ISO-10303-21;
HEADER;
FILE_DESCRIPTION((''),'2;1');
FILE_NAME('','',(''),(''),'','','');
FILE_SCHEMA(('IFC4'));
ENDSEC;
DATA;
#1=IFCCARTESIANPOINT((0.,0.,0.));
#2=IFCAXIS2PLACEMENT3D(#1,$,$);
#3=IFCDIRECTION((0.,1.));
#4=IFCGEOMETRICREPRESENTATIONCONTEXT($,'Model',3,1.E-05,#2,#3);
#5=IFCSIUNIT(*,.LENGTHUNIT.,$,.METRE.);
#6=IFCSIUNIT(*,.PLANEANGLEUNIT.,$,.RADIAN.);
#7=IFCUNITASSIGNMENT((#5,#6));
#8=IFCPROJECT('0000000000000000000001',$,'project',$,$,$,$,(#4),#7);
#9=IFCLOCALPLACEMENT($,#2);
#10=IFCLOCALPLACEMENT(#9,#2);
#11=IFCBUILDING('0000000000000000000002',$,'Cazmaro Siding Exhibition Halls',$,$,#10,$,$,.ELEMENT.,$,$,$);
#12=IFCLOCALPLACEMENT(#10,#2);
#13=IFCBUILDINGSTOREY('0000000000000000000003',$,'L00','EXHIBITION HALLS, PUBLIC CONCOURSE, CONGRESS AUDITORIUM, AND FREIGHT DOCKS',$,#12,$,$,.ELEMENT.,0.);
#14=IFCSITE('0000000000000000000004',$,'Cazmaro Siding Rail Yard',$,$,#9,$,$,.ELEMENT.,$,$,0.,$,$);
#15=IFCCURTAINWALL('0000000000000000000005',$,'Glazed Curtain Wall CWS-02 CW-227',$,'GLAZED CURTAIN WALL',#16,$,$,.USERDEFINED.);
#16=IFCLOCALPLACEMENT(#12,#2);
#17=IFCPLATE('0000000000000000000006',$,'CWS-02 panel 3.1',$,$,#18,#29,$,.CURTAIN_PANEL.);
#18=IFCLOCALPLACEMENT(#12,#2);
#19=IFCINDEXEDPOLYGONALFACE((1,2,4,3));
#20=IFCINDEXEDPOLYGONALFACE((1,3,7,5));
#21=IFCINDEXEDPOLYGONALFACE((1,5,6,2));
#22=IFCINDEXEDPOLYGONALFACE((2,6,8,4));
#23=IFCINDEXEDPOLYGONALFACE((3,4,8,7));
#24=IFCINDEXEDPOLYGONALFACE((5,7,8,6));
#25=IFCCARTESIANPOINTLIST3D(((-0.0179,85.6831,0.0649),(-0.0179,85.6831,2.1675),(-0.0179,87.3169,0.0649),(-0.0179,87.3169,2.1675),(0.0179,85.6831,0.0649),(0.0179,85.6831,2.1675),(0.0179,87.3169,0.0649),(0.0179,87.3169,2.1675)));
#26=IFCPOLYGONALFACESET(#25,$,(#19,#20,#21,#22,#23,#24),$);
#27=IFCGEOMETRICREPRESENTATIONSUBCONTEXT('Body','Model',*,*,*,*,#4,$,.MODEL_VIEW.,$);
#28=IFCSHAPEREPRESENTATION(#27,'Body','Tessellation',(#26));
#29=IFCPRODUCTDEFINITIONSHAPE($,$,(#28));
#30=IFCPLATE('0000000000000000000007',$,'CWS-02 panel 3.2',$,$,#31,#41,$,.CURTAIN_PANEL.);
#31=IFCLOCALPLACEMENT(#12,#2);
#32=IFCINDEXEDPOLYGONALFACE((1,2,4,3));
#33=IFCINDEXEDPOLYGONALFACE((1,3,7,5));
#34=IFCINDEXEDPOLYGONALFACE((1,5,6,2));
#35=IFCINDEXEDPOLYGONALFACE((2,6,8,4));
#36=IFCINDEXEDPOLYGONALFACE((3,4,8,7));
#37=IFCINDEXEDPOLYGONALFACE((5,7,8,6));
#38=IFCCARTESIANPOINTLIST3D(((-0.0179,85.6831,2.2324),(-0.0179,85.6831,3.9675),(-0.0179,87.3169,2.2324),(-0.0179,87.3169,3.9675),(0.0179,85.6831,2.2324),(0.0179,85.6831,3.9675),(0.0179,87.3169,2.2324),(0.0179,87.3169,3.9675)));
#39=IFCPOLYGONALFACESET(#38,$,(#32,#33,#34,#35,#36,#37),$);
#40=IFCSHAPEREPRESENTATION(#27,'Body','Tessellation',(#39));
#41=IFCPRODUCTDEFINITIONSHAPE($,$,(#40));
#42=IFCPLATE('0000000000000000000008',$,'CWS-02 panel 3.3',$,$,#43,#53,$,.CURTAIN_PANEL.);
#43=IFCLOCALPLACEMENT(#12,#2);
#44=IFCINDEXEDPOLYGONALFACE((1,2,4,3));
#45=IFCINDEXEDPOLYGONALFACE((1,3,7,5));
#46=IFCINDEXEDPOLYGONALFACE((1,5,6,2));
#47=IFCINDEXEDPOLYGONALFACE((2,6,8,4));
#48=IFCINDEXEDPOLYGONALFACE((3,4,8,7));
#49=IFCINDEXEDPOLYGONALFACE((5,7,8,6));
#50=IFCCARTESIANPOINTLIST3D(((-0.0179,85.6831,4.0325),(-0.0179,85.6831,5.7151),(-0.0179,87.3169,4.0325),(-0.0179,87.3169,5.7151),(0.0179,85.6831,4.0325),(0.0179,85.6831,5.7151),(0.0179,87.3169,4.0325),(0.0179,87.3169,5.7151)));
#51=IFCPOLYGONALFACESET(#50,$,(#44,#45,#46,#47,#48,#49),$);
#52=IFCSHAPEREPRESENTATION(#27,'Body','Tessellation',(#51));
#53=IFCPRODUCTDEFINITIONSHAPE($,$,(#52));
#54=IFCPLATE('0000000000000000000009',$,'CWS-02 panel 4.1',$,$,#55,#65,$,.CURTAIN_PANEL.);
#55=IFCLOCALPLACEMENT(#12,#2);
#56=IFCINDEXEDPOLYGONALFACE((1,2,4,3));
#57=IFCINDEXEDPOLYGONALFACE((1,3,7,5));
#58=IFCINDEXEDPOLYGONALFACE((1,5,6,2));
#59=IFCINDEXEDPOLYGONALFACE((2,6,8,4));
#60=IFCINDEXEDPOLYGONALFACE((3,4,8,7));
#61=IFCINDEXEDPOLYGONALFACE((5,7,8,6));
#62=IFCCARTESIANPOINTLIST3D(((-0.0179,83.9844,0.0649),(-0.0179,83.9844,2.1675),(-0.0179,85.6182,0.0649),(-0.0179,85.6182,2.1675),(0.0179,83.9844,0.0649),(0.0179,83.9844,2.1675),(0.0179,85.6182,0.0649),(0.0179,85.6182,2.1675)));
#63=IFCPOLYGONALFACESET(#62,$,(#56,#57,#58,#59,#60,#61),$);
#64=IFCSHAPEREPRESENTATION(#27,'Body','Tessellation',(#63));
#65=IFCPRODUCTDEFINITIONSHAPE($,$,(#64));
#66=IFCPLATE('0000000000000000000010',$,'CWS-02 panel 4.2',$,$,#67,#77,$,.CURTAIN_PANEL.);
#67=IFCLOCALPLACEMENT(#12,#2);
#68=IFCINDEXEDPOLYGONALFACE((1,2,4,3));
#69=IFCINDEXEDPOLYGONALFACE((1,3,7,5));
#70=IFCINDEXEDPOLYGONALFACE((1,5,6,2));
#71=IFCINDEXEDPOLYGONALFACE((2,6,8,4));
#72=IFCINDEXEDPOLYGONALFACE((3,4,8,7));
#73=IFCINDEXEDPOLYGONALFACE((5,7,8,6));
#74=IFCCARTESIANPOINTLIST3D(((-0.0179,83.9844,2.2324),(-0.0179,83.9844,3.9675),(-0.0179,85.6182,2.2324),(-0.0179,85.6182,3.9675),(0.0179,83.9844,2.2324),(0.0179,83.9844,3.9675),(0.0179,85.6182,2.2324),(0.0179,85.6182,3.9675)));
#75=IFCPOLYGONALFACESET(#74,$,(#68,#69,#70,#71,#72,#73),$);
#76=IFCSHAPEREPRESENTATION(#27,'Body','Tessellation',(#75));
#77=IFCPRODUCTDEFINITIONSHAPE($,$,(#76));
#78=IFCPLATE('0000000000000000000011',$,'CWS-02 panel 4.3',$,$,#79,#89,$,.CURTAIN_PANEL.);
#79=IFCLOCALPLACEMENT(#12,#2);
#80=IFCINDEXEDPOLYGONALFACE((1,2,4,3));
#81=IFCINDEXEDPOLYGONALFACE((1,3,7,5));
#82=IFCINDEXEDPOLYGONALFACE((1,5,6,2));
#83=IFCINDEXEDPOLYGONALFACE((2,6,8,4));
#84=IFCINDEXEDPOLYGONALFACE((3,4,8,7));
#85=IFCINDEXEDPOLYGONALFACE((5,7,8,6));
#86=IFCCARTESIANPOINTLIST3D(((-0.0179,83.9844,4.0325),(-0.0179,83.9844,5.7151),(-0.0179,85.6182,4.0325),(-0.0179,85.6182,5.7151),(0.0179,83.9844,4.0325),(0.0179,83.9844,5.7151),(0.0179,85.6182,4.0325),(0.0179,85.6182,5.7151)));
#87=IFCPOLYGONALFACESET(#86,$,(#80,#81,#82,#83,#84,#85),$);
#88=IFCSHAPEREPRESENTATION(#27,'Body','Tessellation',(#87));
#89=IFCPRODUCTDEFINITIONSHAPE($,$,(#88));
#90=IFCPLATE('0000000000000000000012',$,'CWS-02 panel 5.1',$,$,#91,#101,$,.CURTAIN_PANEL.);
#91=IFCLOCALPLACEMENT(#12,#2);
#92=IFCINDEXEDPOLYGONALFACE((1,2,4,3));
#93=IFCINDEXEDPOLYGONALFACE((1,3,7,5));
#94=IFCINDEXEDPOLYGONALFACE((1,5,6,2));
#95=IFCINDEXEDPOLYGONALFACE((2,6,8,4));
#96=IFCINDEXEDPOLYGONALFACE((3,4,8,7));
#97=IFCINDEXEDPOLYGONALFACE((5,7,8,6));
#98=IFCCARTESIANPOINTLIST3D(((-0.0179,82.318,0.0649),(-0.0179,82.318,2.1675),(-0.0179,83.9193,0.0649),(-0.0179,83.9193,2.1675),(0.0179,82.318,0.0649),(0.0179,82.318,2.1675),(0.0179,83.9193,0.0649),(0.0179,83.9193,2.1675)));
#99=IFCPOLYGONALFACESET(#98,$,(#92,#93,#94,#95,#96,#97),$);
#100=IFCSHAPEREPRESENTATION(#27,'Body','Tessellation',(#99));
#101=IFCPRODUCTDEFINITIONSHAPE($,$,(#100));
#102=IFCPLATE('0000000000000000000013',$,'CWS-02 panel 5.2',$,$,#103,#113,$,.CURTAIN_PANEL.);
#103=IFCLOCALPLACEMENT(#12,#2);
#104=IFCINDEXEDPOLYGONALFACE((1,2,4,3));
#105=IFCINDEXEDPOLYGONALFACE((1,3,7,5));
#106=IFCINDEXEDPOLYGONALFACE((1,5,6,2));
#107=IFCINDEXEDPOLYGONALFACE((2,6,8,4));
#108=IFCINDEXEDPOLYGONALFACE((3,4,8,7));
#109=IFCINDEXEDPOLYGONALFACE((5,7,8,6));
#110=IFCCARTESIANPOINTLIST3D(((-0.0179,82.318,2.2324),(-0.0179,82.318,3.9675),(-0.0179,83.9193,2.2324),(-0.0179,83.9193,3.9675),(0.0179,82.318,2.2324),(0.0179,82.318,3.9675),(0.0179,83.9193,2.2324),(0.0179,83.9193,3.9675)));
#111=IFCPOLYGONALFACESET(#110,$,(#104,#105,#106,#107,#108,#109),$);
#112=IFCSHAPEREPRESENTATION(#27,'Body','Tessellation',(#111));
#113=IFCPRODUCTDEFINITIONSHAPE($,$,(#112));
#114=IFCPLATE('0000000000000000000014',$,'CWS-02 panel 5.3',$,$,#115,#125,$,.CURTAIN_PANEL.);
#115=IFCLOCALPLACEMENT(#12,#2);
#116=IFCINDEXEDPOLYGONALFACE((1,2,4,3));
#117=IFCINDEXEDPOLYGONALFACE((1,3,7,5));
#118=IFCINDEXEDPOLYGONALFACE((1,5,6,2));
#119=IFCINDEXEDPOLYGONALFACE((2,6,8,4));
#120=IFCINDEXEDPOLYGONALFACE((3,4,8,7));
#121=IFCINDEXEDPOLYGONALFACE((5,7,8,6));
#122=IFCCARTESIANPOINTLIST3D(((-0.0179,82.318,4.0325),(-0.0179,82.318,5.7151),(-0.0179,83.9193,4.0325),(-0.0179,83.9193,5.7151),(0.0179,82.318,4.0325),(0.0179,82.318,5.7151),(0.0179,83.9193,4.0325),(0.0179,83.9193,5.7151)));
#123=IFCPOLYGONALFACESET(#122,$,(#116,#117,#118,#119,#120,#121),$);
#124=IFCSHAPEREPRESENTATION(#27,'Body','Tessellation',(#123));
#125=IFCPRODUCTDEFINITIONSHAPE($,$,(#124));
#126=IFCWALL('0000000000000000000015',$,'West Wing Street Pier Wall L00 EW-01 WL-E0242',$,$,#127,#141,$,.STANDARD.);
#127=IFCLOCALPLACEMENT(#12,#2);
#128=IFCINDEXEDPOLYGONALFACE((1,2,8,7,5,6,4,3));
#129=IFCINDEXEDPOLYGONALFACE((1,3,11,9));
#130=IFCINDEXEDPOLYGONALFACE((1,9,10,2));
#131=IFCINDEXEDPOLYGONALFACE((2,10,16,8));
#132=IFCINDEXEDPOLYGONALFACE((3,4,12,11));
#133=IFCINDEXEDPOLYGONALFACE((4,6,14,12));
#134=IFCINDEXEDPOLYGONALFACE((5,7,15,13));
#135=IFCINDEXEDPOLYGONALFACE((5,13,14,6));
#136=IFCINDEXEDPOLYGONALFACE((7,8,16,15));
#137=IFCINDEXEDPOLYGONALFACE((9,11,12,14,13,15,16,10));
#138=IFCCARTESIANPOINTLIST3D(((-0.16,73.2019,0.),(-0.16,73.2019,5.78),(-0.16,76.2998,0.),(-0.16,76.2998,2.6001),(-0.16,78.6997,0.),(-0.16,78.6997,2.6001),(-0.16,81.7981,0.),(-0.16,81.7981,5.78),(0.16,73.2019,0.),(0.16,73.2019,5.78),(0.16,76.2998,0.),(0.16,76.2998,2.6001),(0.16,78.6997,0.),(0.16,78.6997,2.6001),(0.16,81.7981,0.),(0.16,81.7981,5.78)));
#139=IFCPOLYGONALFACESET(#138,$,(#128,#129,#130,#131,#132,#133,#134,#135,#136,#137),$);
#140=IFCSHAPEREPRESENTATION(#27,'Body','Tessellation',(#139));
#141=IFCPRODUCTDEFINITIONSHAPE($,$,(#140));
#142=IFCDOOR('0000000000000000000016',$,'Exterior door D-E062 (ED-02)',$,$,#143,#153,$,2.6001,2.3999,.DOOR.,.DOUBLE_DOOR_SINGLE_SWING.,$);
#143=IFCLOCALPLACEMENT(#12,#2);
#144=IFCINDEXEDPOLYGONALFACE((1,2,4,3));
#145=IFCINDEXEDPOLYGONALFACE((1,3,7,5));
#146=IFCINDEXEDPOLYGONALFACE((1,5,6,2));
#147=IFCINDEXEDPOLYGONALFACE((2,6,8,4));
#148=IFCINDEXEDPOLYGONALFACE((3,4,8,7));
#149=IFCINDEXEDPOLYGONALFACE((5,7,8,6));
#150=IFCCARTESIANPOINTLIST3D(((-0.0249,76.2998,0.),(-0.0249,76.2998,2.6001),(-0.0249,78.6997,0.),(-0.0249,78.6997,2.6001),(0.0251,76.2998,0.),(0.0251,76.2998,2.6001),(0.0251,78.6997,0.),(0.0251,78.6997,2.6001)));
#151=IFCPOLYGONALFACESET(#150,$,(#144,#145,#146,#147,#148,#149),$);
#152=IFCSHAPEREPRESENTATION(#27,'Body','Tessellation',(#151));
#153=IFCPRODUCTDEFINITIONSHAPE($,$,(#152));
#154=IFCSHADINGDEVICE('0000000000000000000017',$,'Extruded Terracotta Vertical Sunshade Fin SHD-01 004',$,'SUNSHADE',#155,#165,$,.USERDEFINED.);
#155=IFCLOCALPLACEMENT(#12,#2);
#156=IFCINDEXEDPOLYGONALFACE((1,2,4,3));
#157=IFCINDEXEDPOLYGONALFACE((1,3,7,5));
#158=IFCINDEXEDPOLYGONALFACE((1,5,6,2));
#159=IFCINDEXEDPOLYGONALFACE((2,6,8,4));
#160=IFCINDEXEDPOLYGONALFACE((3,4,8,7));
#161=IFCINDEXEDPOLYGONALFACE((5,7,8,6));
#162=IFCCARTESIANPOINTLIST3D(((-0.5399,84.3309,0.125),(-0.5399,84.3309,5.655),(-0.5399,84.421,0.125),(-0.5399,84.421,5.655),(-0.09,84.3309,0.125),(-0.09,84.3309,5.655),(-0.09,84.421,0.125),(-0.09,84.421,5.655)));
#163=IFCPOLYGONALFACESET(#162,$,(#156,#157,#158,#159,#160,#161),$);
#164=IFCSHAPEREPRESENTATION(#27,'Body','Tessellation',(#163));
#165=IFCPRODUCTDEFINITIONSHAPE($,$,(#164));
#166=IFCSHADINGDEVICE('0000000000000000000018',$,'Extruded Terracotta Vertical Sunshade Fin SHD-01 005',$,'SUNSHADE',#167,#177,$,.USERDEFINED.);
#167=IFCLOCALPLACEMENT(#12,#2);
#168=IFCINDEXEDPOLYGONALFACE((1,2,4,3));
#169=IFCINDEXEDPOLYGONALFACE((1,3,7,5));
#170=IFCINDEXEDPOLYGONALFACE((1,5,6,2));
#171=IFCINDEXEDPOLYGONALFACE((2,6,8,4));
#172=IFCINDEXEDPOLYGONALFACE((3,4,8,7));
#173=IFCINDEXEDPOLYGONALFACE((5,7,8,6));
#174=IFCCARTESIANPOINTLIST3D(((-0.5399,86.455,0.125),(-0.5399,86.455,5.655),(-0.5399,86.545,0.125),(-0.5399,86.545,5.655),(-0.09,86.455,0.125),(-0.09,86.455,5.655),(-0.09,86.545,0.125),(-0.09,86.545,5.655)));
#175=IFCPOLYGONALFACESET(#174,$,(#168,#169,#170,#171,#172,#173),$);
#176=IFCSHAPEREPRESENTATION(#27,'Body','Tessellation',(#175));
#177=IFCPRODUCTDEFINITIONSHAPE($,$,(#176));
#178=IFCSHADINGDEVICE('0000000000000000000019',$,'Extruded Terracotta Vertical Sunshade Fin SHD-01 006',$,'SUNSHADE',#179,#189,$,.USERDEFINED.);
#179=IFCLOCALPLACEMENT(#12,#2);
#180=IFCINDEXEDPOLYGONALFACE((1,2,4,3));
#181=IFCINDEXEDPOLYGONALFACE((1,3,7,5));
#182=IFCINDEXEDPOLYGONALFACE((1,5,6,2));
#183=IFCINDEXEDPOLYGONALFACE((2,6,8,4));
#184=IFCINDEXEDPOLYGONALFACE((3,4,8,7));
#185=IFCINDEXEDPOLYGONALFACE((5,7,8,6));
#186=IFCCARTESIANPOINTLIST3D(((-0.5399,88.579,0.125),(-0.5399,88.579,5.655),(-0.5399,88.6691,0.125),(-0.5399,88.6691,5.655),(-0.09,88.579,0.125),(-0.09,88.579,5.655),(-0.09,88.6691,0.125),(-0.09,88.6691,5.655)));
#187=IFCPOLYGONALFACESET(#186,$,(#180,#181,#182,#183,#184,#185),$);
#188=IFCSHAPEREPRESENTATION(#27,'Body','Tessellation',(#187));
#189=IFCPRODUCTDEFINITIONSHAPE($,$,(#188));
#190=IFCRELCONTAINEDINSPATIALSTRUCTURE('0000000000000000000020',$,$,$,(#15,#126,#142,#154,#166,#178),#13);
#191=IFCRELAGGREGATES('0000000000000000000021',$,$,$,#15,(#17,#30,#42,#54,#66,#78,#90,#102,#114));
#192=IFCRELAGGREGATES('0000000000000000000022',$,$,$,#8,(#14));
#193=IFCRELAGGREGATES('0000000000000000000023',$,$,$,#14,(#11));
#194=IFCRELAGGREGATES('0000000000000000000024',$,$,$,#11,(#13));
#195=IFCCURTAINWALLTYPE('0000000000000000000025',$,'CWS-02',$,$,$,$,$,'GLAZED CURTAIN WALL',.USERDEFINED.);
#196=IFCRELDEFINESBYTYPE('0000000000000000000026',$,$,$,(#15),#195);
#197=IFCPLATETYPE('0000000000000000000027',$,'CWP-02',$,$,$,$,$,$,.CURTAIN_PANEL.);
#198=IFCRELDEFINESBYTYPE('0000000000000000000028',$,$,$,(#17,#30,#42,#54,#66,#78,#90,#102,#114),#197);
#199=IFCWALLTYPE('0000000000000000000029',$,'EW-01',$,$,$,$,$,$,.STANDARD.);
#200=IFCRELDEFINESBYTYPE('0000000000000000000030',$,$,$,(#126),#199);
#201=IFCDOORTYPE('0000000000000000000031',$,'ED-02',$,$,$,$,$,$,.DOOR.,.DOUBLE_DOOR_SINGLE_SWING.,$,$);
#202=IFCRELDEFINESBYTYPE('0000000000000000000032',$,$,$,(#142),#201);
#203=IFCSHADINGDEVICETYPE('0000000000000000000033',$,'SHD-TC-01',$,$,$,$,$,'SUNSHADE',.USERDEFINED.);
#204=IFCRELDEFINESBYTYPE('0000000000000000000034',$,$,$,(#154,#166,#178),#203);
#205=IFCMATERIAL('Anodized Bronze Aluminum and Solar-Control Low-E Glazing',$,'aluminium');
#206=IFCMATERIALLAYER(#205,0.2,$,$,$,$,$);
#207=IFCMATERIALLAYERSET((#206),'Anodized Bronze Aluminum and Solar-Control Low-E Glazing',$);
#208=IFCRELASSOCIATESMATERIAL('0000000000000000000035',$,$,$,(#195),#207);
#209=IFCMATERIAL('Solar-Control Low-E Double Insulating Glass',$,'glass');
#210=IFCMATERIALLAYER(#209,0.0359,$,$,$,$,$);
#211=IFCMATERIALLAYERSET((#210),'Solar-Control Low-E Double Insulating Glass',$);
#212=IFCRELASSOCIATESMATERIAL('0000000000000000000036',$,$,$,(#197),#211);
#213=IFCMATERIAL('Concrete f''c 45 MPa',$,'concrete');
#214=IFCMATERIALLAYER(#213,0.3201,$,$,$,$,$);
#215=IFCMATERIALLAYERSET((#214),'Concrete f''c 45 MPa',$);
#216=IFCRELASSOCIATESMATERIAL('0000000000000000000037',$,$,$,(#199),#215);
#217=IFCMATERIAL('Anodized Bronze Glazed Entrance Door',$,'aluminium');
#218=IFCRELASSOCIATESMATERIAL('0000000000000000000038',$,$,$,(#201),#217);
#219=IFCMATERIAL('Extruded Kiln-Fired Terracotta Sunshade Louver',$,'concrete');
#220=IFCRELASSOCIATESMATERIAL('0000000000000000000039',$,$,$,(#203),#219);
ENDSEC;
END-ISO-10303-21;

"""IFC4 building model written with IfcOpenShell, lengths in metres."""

from ifc_helpers import new_model, si_unit, direction, frame, frame_2d, origin, origin_2d, place, context, subcontext, project, spatial, rectangle, extrude, material, layer, layer_set, type_object, element, fill, aggregate, save


model = new_model("IFC4")

# Units and contexts
model_context = context("Model", 3, precision=1e-05, world=origin(), true_north=direction((0.0, 1.0)))
body_context = subcontext(model_context, "Body", "Model", "MODEL_VIEW")
ifc_project = project(units=[si_unit("LENGTHUNIT", "METRE"), si_unit("PLANEANGLEUNIT", "RADIAN")], contexts=[model_context])

# Site, building, storey
site_placement = place(None, origin())
site = spatial("IfcSite", under=ifc_project, at=site_placement, Name="Cazmaro Siding Rail Yard", CompositionType="ELEMENT", RefElevation=0.0)
building_placement = place(site_placement, origin())
building = spatial("IfcBuilding", under=site, at=building_placement, Name="Cazmaro Siding Exhibition Halls", CompositionType="ELEMENT")
storey_placement = place(building_placement, origin())
storey = spatial("IfcBuildingStorey", under=building, at=storey_placement, Name="L00", Description="EXHIBITION HALLS, PUBLIC CONCOURSE, CONGRESS AUDITORIUM, AND FREIGHT DOCKS", CompositionType="ELEMENT", Elevation=0.0)

# Shared definitions
ifc_material_1 = material(Name="Anodized Bronze Aluminum and Solar-Control Low-E Glazing", Category="aluminium")
ifc_layer_1 = layer(ifc_material_1, 0.2)
ifc_layer_set_1 = layer_set([ifc_layer_1], Name="Anodized Bronze Aluminum and Solar-Control Low-E Glazing")
curtain_wall_type = type_object("IfcCurtainWallType", Name="CWS-02", ElementType="GLAZED CURTAIN WALL", PredefinedType="USERDEFINED", material=ifc_layer_set_1)

# Curtain wall, plates
curtain_wall_1_placement = place(storey_placement, origin())
curtain_wall_1 = element("IfcCurtainWall", 1, at=curtain_wall_1_placement, inside=storey, type_object=curtain_wall_type, Name="Glazed Curtain Wall CWS-02 CW-227", ObjectType="GLAZED CURTAIN WALL", PredefinedType="USERDEFINED")
ifc_material_2 = material(Name="Solar-Control Low-E Double Insulating Glass", Category="glass")
ifc_layer_2 = layer(ifc_material_2, 0.0359)
ifc_layer_set_2 = layer_set([ifc_layer_2], Name="Solar-Control Low-E Double Insulating Glass")
plate_type = type_object("IfcPlateType", Name="CWP-02", PredefinedType="CURTAIN_PANEL", material=ifc_layer_set_2)
plate_1_placement = place(storey_placement, frame((0.0, 86.5, 0.0649), z_axis=(0.0, 0.0, 1.0), x_axis=(0.0, -1.0, 0.0)))
plate_1 = element("IfcPlate", 2, at=plate_1_placement, type_object=plate_type, Name="CWS-02 panel 3.1", PredefinedType="CURTAIN_PANEL", context=body_context, shape_type="SweptSolid", body=[
    extrude(rectangle(XDim=1.6338, YDim=0.0359, at=origin_2d()), origin(), (0.0, 0.0, 1.0), 2.1025),
])
plate_2_placement = place(storey_placement, frame((0.0, 86.5, 2.2324), z_axis=(0.0, 0.0, 1.0), x_axis=(0.0, -1.0, 0.0)))
plate_2 = element("IfcPlate", 3, at=plate_2_placement, type_object=plate_type, Name="CWS-02 panel 3.2", PredefinedType="CURTAIN_PANEL", context=body_context, shape_type="SweptSolid", body=[
    extrude(rectangle(XDim=1.6338, YDim=0.0359, at=origin_2d()), origin(), (0.0, 0.0, 1.0), 1.7351),
])
plate_3_placement = place(storey_placement, frame((0.0, 86.5, 4.0325), z_axis=(0.0, 0.0, 1.0), x_axis=(0.0, -1.0, 0.0)))
plate_3 = element("IfcPlate", 4, at=plate_3_placement, type_object=plate_type, Name="CWS-02 panel 3.3", PredefinedType="CURTAIN_PANEL", context=body_context, shape_type="SweptSolid", body=[
    extrude(rectangle(XDim=1.6338, YDim=0.0359, at=origin_2d()), origin(), (0.0, 0.0, 1.0), 1.6826),
])
plate_4_placement = place(storey_placement, frame((0.0, 84.8013, 0.0649), z_axis=(0.0, 0.0, 1.0), x_axis=(0.0, -1.0, 0.0)))
plate_4 = element("IfcPlate", 5, at=plate_4_placement, type_object=plate_type, Name="CWS-02 panel 4.1", PredefinedType="CURTAIN_PANEL", context=body_context, shape_type="SweptSolid", body=[
    extrude(rectangle(XDim=1.6338, YDim=0.0359, at=origin_2d()), origin(), (0.0, 0.0, 1.0), 2.1025),
])
plate_5_placement = place(storey_placement, frame((0.0, 84.8013, 2.2324), z_axis=(0.0, 0.0, 1.0), x_axis=(0.0, -1.0, 0.0)))
plate_5 = element("IfcPlate", 6, at=plate_5_placement, type_object=plate_type, Name="CWS-02 panel 4.2", PredefinedType="CURTAIN_PANEL", context=body_context, shape_type="SweptSolid", body=[
    extrude(rectangle(XDim=1.6338, YDim=0.0359, at=origin_2d()), origin(), (0.0, 0.0, 1.0), 1.7351),
])
plate_6_placement = place(storey_placement, frame((0.0, 84.8013, 4.0325), z_axis=(0.0, 0.0, 1.0), x_axis=(0.0, -1.0, 0.0)))
plate_6 = element("IfcPlate", 7, at=plate_6_placement, type_object=plate_type, Name="CWS-02 panel 4.3", PredefinedType="CURTAIN_PANEL", context=body_context, shape_type="SweptSolid", body=[
    extrude(rectangle(XDim=1.6338, YDim=0.0359, at=origin_2d()), origin(), (0.0, 0.0, 1.0), 1.6826),
])
plate_7_placement = place(storey_placement, frame((0.0, 83.1187, 0.0649), z_axis=(0.0, 0.0, 1.0), x_axis=(0.0, -1.0, 0.0)))
plate_7 = element("IfcPlate", 8, at=plate_7_placement, type_object=plate_type, Name="CWS-02 panel 5.1", PredefinedType="CURTAIN_PANEL", context=body_context, shape_type="SweptSolid", body=[
    extrude(rectangle(XDim=1.6013, YDim=0.0359, at=origin_2d()), origin(), (0.0, 0.0, 1.0), 2.1025),
])
plate_8_placement = place(storey_placement, frame((0.0, 83.1187, 2.2324), z_axis=(0.0, 0.0, 1.0), x_axis=(0.0, -1.0, 0.0)))
plate_8 = element("IfcPlate", 9, at=plate_8_placement, type_object=plate_type, Name="CWS-02 panel 5.2", PredefinedType="CURTAIN_PANEL", context=body_context, shape_type="SweptSolid", body=[
    extrude(rectangle(XDim=1.6013, YDim=0.0359, at=origin_2d()), origin(), (0.0, 0.0, 1.0), 1.7351),
])
plate_9_placement = place(storey_placement, frame((0.0, 83.1187, 4.0325), z_axis=(0.0, 0.0, 1.0), x_axis=(0.0, -1.0, 0.0)))
plate_9 = element("IfcPlate", 10, at=plate_9_placement, type_object=plate_type, Name="CWS-02 panel 5.3", PredefinedType="CURTAIN_PANEL", context=body_context, shape_type="SweptSolid", body=[
    extrude(rectangle(XDim=1.6013, YDim=0.0359, at=origin_2d()), origin(), (0.0, 0.0, 1.0), 1.6826),
])
aggregate(curtain_wall_1, [plate_1, plate_2, plate_3, plate_4, plate_5, plate_6, plate_7, plate_8, plate_9])

# Wall, opening, door
ifc_material_3 = material(Name="Concrete f'c 45 MPa", Category="concrete")
ifc_layer_3 = layer(ifc_material_3, 0.3201)
ifc_layer_set_3 = layer_set([ifc_layer_3], Name="Concrete f'c 45 MPa")
wall_type = type_object("IfcWallType", Name="EW-01", PredefinedType="STANDARD", material=ifc_layer_set_3)
wall_placement = place(storey_placement, frame((0.0, 73.2019, 0.0), z_axis=(0.0, 0.0, 1.0), x_axis=(0.0, 1.0, 0.0)))
wall = element("IfcWall", 11, at=wall_placement, inside=storey, type_object=wall_type, Name="West Wing Street Pier Wall L00 EW-01 WL-E0242", PredefinedType="STANDARD", context=body_context, shape_type="SweptSolid", body=[
    extrude(rectangle(XDim=8.5962, YDim=0.3201, at=frame_2d((4.2981, 0.0))), origin(), (0.0, 0.0, 1.0), 5.78),
])
opening_placement = place(wall_placement, frame((3.0979, 0.0, 0.0)))
opening = element("IfcOpeningElement", 12, at=opening_placement, cuts=wall, PredefinedType="OPENING", context=body_context, shape_type="SweptSolid", body=[
    extrude(rectangle(XDim=2.3999, YDim=2.6001, at=frame_2d((1.2, 1.3))), frame((0.0, 0.1699, 0.0), z_axis=(0.0, -1.0, 0.0), x_axis=(1.0, 0.0, 0.0)), (0.0, 0.0, 1.0), 0.3401),
])
ifc_material_4 = material(Name="Anodized Bronze Glazed Entrance Door", Category="aluminium")
door_type = type_object("IfcDoorType", Name="ED-02", OperationType="DOUBLE_DOOR_SINGLE_SWING", PredefinedType="DOOR", material=ifc_material_4)
door_placement = place(opening_placement, origin())
door = element("IfcDoor", 13, at=door_placement, inside=storey, type_object=door_type, Name="Exterior door D-E062 (ED-02)", OperationType="DOUBLE_DOOR_SINGLE_SWING", OverallHeight=2.6001, OverallWidth=2.3999, PredefinedType="DOOR", context=body_context, shape_type="SweptSolid", body=[
    extrude(rectangle(XDim=2.3999, YDim=2.6001, at=frame_2d((1.2, 1.3))), frame((0.0, 0.0249, 0.0), z_axis=(0.0, -1.0, 0.0), x_axis=(1.0, 0.0, 0.0)), (0.0, 0.0, 1.0), 0.05),
])
fill(opening, door)

# Shading devices
ifc_material_5 = material(Name="Extruded Kiln-Fired Terracotta Sunshade Louver", Category="concrete")
shading_device_type = type_object("IfcShadingDeviceType", Name="SHD-TC-01", ElementType="SUNSHADE", PredefinedType="USERDEFINED", material=ifc_material_5)
for number, where, z_axis, x_axis, name in (
    (14, (-0.3149, 84.376, 0.125), (0.0, 0.0, 1.0), (1.0, 0.0, 0.0), "Extruded Terracotta Vertical Sunshade Fin SHD-01 004"),
    (15, (-0.3149, 86.5, 0.125), (0.0, 0.0, 1.0), (1.0, 0.0, 0.0), "Extruded Terracotta Vertical Sunshade Fin SHD-01 005"),
    (16, (-0.3149, 88.624, 0.125), (0.0, 0.0, 1.0), (1.0, 0.0, 0.0), "Extruded Terracotta Vertical Sunshade Fin SHD-01 006"),
):
    element("IfcShadingDevice", number, at=place(storey_placement, frame(where, z_axis=z_axis, x_axis=x_axis)), inside=storey, type_object=shading_device_type, Name=name, ObjectType="SUNSHADE", PredefinedType="USERDEFINED", context=body_context, shape_type="SweptSolid", body=[
        extrude(rectangle(XDim=0.45, YDim=0.0901, at=origin_2d()), origin(), (0.0, 0.0, 1.0), 5.53),
    ])

save(model, "model.ifc")
